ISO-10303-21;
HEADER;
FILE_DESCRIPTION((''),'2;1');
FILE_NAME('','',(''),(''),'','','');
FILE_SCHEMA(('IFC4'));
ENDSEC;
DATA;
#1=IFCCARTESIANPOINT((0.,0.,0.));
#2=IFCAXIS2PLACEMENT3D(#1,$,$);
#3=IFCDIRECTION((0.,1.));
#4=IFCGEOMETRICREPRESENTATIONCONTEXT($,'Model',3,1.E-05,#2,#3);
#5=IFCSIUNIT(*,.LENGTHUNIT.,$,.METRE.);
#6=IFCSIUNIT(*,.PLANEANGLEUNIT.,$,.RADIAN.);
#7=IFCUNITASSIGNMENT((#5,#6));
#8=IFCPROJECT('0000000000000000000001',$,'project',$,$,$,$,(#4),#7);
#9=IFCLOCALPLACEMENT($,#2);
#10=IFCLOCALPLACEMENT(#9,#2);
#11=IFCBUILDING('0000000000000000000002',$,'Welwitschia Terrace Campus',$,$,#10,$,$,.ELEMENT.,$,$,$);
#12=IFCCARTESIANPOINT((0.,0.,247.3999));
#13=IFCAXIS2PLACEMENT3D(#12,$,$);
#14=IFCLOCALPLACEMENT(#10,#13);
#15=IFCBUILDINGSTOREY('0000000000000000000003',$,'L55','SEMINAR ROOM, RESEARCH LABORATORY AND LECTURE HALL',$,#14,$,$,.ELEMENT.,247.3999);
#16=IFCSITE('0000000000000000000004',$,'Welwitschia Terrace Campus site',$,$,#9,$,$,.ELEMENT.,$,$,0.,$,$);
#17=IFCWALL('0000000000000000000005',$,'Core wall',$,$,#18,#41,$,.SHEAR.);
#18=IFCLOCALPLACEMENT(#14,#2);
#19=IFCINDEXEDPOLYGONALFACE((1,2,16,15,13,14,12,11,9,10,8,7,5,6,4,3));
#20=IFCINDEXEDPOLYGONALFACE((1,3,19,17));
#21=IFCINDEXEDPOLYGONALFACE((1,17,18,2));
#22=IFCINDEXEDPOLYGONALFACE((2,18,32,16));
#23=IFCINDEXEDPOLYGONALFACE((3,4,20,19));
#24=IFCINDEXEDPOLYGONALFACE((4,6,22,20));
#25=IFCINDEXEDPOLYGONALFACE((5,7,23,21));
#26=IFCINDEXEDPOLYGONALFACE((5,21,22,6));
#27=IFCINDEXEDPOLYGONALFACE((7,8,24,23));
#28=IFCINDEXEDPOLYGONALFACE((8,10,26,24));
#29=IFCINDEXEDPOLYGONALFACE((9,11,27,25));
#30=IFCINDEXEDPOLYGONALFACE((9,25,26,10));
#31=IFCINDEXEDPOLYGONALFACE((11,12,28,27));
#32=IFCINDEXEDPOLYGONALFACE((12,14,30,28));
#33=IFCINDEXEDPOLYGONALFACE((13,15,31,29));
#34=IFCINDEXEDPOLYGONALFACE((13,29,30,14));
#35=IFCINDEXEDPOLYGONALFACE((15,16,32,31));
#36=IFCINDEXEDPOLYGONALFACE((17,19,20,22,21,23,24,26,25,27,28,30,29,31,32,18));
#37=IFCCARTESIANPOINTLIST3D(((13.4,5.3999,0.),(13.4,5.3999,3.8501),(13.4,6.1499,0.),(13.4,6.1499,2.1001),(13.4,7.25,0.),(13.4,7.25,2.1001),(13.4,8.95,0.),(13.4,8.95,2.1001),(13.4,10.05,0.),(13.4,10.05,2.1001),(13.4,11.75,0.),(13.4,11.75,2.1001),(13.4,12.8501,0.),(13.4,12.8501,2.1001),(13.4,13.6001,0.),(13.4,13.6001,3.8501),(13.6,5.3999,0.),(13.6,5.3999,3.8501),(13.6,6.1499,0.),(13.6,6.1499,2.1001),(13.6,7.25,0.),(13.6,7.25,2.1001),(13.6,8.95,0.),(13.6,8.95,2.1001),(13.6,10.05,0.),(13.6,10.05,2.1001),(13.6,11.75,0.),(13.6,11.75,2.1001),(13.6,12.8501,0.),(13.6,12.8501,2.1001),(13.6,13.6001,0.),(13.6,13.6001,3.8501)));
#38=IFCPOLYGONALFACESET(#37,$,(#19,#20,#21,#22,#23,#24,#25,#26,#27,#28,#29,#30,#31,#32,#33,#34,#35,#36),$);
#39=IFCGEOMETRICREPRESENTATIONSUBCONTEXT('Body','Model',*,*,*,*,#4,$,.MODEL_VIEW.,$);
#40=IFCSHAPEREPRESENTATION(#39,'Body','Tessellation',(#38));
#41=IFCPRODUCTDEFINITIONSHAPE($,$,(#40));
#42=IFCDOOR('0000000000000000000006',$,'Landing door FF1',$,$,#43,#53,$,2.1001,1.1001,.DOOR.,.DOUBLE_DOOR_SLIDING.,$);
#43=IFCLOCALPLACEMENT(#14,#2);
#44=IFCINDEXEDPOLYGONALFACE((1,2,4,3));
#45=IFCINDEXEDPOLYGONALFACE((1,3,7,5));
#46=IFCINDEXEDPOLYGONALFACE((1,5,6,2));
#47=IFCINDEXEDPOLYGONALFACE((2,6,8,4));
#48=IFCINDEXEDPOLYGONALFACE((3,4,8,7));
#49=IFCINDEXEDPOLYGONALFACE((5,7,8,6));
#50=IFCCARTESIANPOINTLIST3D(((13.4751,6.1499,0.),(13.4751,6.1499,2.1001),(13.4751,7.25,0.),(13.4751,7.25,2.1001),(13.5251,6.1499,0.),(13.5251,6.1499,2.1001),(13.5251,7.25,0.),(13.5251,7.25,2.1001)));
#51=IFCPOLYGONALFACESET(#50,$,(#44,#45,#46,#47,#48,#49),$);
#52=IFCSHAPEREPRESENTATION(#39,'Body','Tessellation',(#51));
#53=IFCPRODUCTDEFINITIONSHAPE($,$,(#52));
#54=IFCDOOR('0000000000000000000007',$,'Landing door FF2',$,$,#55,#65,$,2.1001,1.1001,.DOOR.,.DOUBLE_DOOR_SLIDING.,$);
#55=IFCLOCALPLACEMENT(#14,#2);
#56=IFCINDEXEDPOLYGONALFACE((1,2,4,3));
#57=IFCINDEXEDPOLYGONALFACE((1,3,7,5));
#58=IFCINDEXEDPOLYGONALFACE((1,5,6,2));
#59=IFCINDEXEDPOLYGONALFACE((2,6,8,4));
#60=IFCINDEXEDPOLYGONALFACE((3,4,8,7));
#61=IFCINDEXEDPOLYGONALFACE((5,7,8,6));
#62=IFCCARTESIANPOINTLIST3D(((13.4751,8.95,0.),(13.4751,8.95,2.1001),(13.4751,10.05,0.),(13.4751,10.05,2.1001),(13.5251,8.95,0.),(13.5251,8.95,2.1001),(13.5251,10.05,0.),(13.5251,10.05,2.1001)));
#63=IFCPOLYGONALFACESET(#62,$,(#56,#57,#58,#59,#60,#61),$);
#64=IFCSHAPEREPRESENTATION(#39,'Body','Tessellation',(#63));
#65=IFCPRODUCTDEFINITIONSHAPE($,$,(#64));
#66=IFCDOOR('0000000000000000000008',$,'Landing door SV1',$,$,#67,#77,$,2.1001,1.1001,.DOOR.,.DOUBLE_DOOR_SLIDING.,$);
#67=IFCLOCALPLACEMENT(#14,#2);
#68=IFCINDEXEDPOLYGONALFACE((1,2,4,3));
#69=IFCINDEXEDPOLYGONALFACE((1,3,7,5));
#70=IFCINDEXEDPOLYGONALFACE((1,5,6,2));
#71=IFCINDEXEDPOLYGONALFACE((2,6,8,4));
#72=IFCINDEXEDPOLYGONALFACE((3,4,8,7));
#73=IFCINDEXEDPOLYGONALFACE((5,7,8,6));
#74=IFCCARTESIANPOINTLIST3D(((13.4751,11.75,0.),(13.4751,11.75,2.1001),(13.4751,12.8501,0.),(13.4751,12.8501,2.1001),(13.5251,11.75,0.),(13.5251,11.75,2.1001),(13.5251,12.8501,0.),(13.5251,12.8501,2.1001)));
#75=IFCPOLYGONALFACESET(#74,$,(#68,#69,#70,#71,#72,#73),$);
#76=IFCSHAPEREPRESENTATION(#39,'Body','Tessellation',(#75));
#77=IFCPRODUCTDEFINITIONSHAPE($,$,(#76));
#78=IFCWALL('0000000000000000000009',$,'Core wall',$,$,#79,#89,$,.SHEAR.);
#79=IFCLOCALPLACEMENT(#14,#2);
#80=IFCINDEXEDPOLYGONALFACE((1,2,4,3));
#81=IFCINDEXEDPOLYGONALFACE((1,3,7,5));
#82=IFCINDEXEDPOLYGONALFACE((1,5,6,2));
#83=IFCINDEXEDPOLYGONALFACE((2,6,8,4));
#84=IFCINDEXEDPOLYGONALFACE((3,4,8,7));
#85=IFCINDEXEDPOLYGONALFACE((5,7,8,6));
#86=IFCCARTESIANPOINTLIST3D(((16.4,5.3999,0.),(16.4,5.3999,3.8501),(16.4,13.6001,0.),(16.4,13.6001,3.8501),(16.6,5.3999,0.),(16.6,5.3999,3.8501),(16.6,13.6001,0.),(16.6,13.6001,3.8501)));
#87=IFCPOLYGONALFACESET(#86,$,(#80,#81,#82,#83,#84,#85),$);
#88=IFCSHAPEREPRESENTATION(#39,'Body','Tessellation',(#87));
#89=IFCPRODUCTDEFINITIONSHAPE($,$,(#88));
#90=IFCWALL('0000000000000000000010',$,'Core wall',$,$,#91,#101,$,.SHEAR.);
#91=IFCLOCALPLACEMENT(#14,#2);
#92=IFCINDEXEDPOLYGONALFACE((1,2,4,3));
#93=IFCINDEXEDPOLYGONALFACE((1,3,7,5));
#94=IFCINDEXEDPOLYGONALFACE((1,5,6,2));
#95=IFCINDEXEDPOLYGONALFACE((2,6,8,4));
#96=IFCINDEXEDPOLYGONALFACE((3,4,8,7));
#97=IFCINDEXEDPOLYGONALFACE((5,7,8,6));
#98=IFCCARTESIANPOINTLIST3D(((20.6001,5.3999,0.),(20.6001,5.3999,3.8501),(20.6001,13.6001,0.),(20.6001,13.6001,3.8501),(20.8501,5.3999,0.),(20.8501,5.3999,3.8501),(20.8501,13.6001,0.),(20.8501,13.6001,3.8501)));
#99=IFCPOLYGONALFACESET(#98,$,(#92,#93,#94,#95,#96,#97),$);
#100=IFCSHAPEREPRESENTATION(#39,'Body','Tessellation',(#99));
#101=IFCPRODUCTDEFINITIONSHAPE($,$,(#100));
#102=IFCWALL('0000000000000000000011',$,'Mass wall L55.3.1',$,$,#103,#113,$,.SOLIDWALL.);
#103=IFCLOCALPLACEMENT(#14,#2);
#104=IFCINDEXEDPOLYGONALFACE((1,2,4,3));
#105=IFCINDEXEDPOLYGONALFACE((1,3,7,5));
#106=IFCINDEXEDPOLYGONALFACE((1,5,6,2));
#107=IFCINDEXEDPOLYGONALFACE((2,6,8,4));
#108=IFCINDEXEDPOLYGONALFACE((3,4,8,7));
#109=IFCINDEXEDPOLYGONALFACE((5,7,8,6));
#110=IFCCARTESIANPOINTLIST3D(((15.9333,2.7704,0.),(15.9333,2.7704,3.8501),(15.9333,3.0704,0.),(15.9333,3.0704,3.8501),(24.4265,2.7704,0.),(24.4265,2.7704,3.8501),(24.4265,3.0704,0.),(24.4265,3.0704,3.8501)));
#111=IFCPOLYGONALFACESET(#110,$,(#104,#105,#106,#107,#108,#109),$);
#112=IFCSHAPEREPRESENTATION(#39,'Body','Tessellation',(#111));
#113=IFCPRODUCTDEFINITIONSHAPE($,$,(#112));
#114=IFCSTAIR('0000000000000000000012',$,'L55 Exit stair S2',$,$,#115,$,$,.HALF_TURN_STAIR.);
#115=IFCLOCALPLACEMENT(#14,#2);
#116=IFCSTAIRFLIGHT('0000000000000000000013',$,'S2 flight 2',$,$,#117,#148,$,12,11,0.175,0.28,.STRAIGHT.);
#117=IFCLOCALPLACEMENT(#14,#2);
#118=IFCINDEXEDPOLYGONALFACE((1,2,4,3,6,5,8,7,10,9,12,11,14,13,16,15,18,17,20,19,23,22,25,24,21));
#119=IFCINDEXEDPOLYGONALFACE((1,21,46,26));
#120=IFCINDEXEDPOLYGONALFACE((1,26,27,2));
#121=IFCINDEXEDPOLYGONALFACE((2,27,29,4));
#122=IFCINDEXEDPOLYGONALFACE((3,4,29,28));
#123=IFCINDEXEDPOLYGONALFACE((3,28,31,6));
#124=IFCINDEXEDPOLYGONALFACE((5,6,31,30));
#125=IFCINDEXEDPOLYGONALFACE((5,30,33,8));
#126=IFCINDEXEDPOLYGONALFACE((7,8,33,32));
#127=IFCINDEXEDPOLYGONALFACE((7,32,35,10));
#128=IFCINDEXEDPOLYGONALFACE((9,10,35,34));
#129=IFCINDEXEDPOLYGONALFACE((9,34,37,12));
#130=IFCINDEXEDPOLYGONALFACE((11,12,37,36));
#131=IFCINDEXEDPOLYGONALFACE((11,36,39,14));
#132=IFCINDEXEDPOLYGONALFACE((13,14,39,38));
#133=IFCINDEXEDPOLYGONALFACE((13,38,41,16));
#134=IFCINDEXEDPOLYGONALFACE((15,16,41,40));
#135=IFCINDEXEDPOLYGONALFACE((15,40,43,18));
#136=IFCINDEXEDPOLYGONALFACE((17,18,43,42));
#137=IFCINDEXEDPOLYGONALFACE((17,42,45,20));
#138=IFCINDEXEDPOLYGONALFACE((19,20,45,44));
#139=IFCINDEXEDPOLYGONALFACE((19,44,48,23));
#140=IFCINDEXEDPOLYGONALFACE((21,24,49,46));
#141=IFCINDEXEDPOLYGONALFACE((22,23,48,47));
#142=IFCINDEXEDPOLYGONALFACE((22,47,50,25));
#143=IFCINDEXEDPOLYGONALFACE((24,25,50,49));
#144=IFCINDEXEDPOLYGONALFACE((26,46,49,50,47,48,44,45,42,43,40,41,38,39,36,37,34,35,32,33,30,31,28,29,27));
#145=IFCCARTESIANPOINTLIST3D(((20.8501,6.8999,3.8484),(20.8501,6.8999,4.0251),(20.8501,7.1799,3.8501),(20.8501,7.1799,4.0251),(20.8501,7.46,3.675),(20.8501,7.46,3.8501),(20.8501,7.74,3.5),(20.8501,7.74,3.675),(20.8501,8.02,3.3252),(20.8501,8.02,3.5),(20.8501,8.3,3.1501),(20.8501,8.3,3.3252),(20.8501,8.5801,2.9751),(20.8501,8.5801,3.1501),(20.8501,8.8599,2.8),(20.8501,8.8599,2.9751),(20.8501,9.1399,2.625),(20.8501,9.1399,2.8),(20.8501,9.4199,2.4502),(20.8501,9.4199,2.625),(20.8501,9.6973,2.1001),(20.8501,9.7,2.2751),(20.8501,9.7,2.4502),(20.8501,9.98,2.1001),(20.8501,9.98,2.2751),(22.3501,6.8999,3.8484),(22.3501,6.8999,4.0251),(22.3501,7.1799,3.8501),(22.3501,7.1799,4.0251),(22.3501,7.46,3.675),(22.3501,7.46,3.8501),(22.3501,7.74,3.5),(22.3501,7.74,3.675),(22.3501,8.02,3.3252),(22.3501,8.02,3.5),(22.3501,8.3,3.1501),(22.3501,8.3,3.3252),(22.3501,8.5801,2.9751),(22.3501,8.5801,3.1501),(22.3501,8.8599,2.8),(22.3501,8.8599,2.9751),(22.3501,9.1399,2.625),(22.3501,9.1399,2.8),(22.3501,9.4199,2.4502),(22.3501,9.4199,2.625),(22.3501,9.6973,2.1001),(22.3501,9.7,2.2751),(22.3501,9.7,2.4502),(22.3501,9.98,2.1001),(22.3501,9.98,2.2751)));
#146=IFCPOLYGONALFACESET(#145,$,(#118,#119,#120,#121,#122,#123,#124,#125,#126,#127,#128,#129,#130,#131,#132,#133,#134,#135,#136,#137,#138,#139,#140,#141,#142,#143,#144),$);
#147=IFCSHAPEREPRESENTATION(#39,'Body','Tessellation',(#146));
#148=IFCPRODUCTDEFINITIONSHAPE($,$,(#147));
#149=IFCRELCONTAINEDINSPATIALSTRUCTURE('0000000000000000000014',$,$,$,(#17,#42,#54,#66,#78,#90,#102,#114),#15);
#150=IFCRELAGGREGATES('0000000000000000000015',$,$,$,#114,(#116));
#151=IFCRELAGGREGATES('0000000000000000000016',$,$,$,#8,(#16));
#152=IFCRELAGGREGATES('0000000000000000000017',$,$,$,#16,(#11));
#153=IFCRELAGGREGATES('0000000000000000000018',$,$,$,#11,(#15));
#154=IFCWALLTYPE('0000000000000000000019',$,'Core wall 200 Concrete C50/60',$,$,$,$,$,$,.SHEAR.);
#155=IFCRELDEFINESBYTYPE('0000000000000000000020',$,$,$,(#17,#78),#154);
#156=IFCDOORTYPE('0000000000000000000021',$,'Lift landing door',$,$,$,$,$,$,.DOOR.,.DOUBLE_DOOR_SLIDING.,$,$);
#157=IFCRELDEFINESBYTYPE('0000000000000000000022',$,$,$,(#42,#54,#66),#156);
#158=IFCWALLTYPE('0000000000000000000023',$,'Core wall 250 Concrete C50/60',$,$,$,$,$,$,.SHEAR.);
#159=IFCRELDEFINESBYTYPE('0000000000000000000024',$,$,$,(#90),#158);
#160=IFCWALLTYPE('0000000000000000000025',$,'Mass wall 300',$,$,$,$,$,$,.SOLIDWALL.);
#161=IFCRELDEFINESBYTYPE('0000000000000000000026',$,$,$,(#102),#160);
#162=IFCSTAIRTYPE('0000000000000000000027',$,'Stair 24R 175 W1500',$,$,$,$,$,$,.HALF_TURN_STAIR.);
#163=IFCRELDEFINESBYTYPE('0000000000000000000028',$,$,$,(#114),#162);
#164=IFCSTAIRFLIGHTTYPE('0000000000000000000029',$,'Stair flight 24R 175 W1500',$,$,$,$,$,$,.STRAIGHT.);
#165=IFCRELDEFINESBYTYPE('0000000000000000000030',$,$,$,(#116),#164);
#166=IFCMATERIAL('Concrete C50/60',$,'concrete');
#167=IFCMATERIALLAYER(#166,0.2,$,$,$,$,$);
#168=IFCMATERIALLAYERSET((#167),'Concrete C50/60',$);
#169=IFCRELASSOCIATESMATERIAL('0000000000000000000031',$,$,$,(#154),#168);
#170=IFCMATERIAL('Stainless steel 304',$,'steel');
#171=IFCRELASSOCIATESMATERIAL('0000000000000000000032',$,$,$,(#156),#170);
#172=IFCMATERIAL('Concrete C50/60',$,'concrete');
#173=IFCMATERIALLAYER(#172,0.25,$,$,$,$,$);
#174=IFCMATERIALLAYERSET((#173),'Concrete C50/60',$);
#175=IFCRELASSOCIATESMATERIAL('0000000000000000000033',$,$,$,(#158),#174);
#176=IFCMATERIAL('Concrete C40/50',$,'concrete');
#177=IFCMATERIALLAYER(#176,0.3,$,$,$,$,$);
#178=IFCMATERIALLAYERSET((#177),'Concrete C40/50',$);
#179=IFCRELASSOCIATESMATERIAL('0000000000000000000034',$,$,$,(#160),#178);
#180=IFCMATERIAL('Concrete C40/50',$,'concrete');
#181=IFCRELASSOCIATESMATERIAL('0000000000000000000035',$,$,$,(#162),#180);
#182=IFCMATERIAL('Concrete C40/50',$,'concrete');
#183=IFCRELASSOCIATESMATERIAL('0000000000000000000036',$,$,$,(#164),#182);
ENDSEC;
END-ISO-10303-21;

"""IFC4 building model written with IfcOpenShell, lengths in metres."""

from ifc_helpers import new_model, si_unit, direction, frame, frame_2d, origin, place, context, subcontext, project, spatial, polyline, rectangle, outline, extrude, material, layer, layer_set, type_object, element, fill, aggregate, save


model = new_model("IFC4")

# Units and contexts
model_context = context("Model", 3, precision=1e-05, world=origin(), true_north=direction((0.0, 1.0)))
body_context = subcontext(model_context, "Body", "Model", "MODEL_VIEW")
ifc_project = project(units=[si_unit("LENGTHUNIT", "METRE"), si_unit("PLANEANGLEUNIT", "RADIAN")], contexts=[model_context])

# Site, building, storey
site_placement = place(None, origin())
site = spatial("IfcSite", under=ifc_project, at=site_placement, Name="Welwitschia Terrace Campus site", CompositionType="ELEMENT", RefElevation=0.0)
building_placement = place(site_placement, origin())
building = spatial("IfcBuilding", under=site, at=building_placement, Name="Welwitschia Terrace Campus", CompositionType="ELEMENT")
storey_placement = place(building_placement, frame((0.0, 0.0, 247.3999)))
storey = spatial("IfcBuildingStorey", under=building, at=storey_placement, Name="L55", Description="SEMINAR ROOM, RESEARCH LABORATORY AND LECTURE HALL", CompositionType="ELEMENT", Elevation=247.3999)

# Shared definitions
ifc_material_1 = material(Name="Concrete C50/60", Category="concrete")
ifc_layer_1 = layer(ifc_material_1, 0.2)
ifc_layer_set_1 = layer_set([ifc_layer_1], Name="Concrete C50/60")
wall_type_1 = type_object("IfcWallType", Name="Core wall 200 Concrete C50/60", PredefinedType="SHEAR", material=ifc_layer_set_1)

# Wall, openings, doors
wall_1_placement = place(storey_placement, frame((13.5, 5.3999, 0.0), z_axis=(0.0, 0.0, 1.0), x_axis=(0.0, 1.0, 0.0)))
wall_1 = element("IfcWall", 1, at=wall_1_placement, inside=storey, type_object=wall_type_1, Name="Core wall", PredefinedType="SHEAR", context=body_context, shape_type="SweptSolid", body=[
    extrude(rectangle(XDim=8.2002, YDim=0.2, at=frame_2d((4.1001, 0.0))), origin(), (0.0, 0.0, 1.0), 3.8501),
])
opening_1_placement = place(wall_1_placement, frame((0.75, 0.0, 0.0)))
opening_1 = element("IfcOpeningElement", 2, at=opening_1_placement, cuts=wall_1, PredefinedType="OPENING", context=body_context, shape_type="SweptSolid", body=[
    extrude(rectangle(XDim=1.1001, YDim=2.1001, at=frame_2d((0.55, 1.05))), frame((0.0, 0.1099, 0.0), z_axis=(0.0, -1.0, 0.0), x_axis=(1.0, 0.0, 0.0)), (0.0, 0.0, 1.0), 0.22),
])
opening_2_placement = place(wall_1_placement, frame((3.55, 0.0, 0.0)))
opening_2 = element("IfcOpeningElement", 3, at=opening_2_placement, cuts=wall_1, PredefinedType="OPENING", context=body_context, shape_type="SweptSolid", body=[
    extrude(rectangle(XDim=1.1001, YDim=2.1001, at=frame_2d((0.55, 1.05))), frame((0.0, 0.1099, 0.0), z_axis=(0.0, -1.0, 0.0), x_axis=(1.0, 0.0, 0.0)), (0.0, 0.0, 1.0), 0.22),
])
opening_3_placement = place(wall_1_placement, frame((6.3501, 0.0, 0.0)))
opening_3 = element("IfcOpeningElement", 4, at=opening_3_placement, cuts=wall_1, PredefinedType="OPENING", context=body_context, shape_type="SweptSolid", body=[
    extrude(rectangle(XDim=1.1001, YDim=2.1001, at=frame_2d((0.55, 1.05))), frame((0.0, 0.1099, 0.0), z_axis=(0.0, -1.0, 0.0), x_axis=(1.0, 0.0, 0.0)), (0.0, 0.0, 1.0), 0.22),
])
ifc_material_2 = material(Name="Stainless steel 304", Category="steel")
door_type = type_object("IfcDoorType", Name="Lift landing door", OperationType="DOUBLE_DOOR_SLIDING", PredefinedType="DOOR", material=ifc_material_2)
door_1_placement = place(opening_1_placement, origin())
door_1 = element("IfcDoor", 5, at=door_1_placement, inside=storey, type_object=door_type, Name="Landing door FF1", OperationType="DOUBLE_DOOR_SLIDING", OverallHeight=2.1001, OverallWidth=1.1001, PredefinedType="DOOR", context=body_context, shape_type="SweptSolid", body=[
    extrude(rectangle(XDim=1.1001, YDim=2.1001, at=frame_2d((0.55, 1.05))), frame((0.0, 0.0249, 0.0), z_axis=(0.0, -1.0, 0.0), x_axis=(1.0, 0.0, 0.0)), (0.0, 0.0, 1.0), 0.05),
])
fill(opening_1, door_1)
door_2_placement = place(opening_2_placement, origin())
door_2 = element("IfcDoor", 6, at=door_2_placement, inside=storey, type_object=door_type, Name="Landing door FF2", OperationType="DOUBLE_DOOR_SLIDING", OverallHeight=2.1001, OverallWidth=1.1001, PredefinedType="DOOR", context=body_context, shape_type="SweptSolid", body=[
    extrude(rectangle(XDim=1.1001, YDim=2.1001, at=frame_2d((0.55, 1.05))), frame((0.0, 0.0249, 0.0), z_axis=(0.0, -1.0, 0.0), x_axis=(1.0, 0.0, 0.0)), (0.0, 0.0, 1.0), 0.05),
])
fill(opening_2, door_2)
door_3_placement = place(opening_3_placement, origin())
door_3 = element("IfcDoor", 7, at=door_3_placement, inside=storey, type_object=door_type, Name="Landing door SV1", OperationType="DOUBLE_DOOR_SLIDING", OverallHeight=2.1001, OverallWidth=1.1001, PredefinedType="DOOR", context=body_context, shape_type="SweptSolid", body=[
    extrude(rectangle(XDim=1.1001, YDim=2.1001, at=frame_2d((0.55, 1.05))), frame((0.0, 0.0249, 0.0), z_axis=(0.0, -1.0, 0.0), x_axis=(1.0, 0.0, 0.0)), (0.0, 0.0, 1.0), 0.05),
])
fill(opening_3, door_3)

# Walls
wall_2_placement = place(storey_placement, frame((16.5, 5.3999, 0.0), z_axis=(0.0, 0.0, 1.0), x_axis=(0.0, 1.0, 0.0)))
element("IfcWall", 8, at=wall_2_placement, inside=storey, type_object=wall_type_1, Name="Core wall", PredefinedType="SHEAR", context=body_context, shape_type="SweptSolid", body=[
    extrude(rectangle(XDim=8.2002, YDim=0.2, at=frame_2d((4.1001, 0.0))), origin(), (0.0, 0.0, 1.0), 3.8501),
])
ifc_material_3 = material(Name="Concrete C50/60", Category="concrete")
ifc_layer_2 = layer(ifc_material_3, 0.25)
ifc_layer_set_2 = layer_set([ifc_layer_2], Name="Concrete C50/60")
wall_type_2 = type_object("IfcWallType", Name="Core wall 250 Concrete C50/60", PredefinedType="SHEAR", material=ifc_layer_set_2)
wall_3_placement = place(storey_placement, frame((20.7251, 5.3999, 0.0), z_axis=(0.0, 0.0, 1.0), x_axis=(0.0, 1.0, 0.0)))
element("IfcWall", 9, at=wall_3_placement, inside=storey, type_object=wall_type_2, Name="Core wall", PredefinedType="SHEAR", context=body_context, shape_type="SweptSolid", body=[
    extrude(rectangle(XDim=8.2002, YDim=0.25, at=frame_2d((4.1001, 0.0))), origin(), (0.0, 0.0, 1.0), 3.8501),
])
ifc_material_4 = material(Name="Concrete C40/50", Category="concrete")
ifc_layer_3 = layer(ifc_material_4, 0.3)
ifc_layer_set_3 = layer_set([ifc_layer_3], Name="Concrete C40/50")
wall_type_3 = type_object("IfcWallType", Name="Mass wall 300", PredefinedType="SOLIDWALL", material=ifc_layer_set_3)
wall_4_placement = place(storey_placement, frame((15.9333, 2.9204, 0.0), z_axis=(0.0, 0.0, 1.0), x_axis=(1.0, 0.0, 0.0)))
element("IfcWall", 10, at=wall_4_placement, inside=storey, type_object=wall_type_3, Name="Mass wall L55.3.1", PredefinedType="SOLIDWALL", context=body_context, shape_type="SweptSolid", body=[
    extrude(rectangle(XDim=8.4932, YDim=0.3, at=frame_2d((4.2466, 0.0))), origin(), (0.0, 0.0, 1.0), 3.8501),
])

# Stair, stair flight
ifc_material_5 = material(Name="Concrete C40/50", Category="concrete")
stair_type = type_object("IfcStairType", Name="Stair 24R 175 W1500", PredefinedType="HALF_TURN_STAIR", material=ifc_material_5)
stair_placement = place(storey_placement, origin())
stair = element("IfcStair", 11, at=stair_placement, inside=storey, type_object=stair_type, Name="L55 Exit stair S2", PredefinedType="HALF_TURN_STAIR")
ifc_material_6 = material(Name="Concrete C40/50", Category="concrete")
stair_flight_type = type_object("IfcStairFlightType", Name="Stair flight 24R 175 W1500", PredefinedType="STRAIGHT", material=ifc_material_6)
stair_flight_placement = place(storey_placement, frame((21.6001, 9.98, 2.1001), z_axis=(0.0, 0.0, 1.0), x_axis=(0.0, -1.0, 0.0)))
stair_flight = element("IfcStairFlight", 12, at=stair_flight_placement, type_object=stair_flight_type, Name="S2 flight 2", NumberOfRisers=12, NumberOfTreads=11, PredefinedType="STRAIGHT", RiserHeight=0.175, TreadLength=0.28, context=body_context, shape_type="SweptSolid", body=[
    extrude(outline(polyline([(0.0, 0.0), (0.0, 0.175), (0.28, 0.175), (0.28, 0.3501), (0.5601, 0.3501), (0.5601, 0.5249), (0.8401, 0.5249), (0.8401, 0.7), (1.1201, 0.7), (1.1201, 0.875), (1.3999, 0.875), (1.3999, 1.05), (1.6799, 1.05), (1.6799, 1.2251), (1.96, 1.2251), (1.96, 1.3999), (2.24, 1.3999), (2.24, 1.575), (2.52, 1.575), (2.52, 1.75), (2.8, 1.75), (2.8, 1.925), (3.0801, 1.925), (3.0801, 2.1001), (3.0801, 1.7483), (0.2827, 0.0), (0.0, 0.0)])), frame((0.0, 0.75, 0.0), z_axis=(0.0, -1.0, 0.0), x_axis=(1.0, 0.0, 0.0)), (0.0, 0.0, 1.0), 1.5),
])
aggregate(stair, [stair_flight])

save(model, "model.ifc")
